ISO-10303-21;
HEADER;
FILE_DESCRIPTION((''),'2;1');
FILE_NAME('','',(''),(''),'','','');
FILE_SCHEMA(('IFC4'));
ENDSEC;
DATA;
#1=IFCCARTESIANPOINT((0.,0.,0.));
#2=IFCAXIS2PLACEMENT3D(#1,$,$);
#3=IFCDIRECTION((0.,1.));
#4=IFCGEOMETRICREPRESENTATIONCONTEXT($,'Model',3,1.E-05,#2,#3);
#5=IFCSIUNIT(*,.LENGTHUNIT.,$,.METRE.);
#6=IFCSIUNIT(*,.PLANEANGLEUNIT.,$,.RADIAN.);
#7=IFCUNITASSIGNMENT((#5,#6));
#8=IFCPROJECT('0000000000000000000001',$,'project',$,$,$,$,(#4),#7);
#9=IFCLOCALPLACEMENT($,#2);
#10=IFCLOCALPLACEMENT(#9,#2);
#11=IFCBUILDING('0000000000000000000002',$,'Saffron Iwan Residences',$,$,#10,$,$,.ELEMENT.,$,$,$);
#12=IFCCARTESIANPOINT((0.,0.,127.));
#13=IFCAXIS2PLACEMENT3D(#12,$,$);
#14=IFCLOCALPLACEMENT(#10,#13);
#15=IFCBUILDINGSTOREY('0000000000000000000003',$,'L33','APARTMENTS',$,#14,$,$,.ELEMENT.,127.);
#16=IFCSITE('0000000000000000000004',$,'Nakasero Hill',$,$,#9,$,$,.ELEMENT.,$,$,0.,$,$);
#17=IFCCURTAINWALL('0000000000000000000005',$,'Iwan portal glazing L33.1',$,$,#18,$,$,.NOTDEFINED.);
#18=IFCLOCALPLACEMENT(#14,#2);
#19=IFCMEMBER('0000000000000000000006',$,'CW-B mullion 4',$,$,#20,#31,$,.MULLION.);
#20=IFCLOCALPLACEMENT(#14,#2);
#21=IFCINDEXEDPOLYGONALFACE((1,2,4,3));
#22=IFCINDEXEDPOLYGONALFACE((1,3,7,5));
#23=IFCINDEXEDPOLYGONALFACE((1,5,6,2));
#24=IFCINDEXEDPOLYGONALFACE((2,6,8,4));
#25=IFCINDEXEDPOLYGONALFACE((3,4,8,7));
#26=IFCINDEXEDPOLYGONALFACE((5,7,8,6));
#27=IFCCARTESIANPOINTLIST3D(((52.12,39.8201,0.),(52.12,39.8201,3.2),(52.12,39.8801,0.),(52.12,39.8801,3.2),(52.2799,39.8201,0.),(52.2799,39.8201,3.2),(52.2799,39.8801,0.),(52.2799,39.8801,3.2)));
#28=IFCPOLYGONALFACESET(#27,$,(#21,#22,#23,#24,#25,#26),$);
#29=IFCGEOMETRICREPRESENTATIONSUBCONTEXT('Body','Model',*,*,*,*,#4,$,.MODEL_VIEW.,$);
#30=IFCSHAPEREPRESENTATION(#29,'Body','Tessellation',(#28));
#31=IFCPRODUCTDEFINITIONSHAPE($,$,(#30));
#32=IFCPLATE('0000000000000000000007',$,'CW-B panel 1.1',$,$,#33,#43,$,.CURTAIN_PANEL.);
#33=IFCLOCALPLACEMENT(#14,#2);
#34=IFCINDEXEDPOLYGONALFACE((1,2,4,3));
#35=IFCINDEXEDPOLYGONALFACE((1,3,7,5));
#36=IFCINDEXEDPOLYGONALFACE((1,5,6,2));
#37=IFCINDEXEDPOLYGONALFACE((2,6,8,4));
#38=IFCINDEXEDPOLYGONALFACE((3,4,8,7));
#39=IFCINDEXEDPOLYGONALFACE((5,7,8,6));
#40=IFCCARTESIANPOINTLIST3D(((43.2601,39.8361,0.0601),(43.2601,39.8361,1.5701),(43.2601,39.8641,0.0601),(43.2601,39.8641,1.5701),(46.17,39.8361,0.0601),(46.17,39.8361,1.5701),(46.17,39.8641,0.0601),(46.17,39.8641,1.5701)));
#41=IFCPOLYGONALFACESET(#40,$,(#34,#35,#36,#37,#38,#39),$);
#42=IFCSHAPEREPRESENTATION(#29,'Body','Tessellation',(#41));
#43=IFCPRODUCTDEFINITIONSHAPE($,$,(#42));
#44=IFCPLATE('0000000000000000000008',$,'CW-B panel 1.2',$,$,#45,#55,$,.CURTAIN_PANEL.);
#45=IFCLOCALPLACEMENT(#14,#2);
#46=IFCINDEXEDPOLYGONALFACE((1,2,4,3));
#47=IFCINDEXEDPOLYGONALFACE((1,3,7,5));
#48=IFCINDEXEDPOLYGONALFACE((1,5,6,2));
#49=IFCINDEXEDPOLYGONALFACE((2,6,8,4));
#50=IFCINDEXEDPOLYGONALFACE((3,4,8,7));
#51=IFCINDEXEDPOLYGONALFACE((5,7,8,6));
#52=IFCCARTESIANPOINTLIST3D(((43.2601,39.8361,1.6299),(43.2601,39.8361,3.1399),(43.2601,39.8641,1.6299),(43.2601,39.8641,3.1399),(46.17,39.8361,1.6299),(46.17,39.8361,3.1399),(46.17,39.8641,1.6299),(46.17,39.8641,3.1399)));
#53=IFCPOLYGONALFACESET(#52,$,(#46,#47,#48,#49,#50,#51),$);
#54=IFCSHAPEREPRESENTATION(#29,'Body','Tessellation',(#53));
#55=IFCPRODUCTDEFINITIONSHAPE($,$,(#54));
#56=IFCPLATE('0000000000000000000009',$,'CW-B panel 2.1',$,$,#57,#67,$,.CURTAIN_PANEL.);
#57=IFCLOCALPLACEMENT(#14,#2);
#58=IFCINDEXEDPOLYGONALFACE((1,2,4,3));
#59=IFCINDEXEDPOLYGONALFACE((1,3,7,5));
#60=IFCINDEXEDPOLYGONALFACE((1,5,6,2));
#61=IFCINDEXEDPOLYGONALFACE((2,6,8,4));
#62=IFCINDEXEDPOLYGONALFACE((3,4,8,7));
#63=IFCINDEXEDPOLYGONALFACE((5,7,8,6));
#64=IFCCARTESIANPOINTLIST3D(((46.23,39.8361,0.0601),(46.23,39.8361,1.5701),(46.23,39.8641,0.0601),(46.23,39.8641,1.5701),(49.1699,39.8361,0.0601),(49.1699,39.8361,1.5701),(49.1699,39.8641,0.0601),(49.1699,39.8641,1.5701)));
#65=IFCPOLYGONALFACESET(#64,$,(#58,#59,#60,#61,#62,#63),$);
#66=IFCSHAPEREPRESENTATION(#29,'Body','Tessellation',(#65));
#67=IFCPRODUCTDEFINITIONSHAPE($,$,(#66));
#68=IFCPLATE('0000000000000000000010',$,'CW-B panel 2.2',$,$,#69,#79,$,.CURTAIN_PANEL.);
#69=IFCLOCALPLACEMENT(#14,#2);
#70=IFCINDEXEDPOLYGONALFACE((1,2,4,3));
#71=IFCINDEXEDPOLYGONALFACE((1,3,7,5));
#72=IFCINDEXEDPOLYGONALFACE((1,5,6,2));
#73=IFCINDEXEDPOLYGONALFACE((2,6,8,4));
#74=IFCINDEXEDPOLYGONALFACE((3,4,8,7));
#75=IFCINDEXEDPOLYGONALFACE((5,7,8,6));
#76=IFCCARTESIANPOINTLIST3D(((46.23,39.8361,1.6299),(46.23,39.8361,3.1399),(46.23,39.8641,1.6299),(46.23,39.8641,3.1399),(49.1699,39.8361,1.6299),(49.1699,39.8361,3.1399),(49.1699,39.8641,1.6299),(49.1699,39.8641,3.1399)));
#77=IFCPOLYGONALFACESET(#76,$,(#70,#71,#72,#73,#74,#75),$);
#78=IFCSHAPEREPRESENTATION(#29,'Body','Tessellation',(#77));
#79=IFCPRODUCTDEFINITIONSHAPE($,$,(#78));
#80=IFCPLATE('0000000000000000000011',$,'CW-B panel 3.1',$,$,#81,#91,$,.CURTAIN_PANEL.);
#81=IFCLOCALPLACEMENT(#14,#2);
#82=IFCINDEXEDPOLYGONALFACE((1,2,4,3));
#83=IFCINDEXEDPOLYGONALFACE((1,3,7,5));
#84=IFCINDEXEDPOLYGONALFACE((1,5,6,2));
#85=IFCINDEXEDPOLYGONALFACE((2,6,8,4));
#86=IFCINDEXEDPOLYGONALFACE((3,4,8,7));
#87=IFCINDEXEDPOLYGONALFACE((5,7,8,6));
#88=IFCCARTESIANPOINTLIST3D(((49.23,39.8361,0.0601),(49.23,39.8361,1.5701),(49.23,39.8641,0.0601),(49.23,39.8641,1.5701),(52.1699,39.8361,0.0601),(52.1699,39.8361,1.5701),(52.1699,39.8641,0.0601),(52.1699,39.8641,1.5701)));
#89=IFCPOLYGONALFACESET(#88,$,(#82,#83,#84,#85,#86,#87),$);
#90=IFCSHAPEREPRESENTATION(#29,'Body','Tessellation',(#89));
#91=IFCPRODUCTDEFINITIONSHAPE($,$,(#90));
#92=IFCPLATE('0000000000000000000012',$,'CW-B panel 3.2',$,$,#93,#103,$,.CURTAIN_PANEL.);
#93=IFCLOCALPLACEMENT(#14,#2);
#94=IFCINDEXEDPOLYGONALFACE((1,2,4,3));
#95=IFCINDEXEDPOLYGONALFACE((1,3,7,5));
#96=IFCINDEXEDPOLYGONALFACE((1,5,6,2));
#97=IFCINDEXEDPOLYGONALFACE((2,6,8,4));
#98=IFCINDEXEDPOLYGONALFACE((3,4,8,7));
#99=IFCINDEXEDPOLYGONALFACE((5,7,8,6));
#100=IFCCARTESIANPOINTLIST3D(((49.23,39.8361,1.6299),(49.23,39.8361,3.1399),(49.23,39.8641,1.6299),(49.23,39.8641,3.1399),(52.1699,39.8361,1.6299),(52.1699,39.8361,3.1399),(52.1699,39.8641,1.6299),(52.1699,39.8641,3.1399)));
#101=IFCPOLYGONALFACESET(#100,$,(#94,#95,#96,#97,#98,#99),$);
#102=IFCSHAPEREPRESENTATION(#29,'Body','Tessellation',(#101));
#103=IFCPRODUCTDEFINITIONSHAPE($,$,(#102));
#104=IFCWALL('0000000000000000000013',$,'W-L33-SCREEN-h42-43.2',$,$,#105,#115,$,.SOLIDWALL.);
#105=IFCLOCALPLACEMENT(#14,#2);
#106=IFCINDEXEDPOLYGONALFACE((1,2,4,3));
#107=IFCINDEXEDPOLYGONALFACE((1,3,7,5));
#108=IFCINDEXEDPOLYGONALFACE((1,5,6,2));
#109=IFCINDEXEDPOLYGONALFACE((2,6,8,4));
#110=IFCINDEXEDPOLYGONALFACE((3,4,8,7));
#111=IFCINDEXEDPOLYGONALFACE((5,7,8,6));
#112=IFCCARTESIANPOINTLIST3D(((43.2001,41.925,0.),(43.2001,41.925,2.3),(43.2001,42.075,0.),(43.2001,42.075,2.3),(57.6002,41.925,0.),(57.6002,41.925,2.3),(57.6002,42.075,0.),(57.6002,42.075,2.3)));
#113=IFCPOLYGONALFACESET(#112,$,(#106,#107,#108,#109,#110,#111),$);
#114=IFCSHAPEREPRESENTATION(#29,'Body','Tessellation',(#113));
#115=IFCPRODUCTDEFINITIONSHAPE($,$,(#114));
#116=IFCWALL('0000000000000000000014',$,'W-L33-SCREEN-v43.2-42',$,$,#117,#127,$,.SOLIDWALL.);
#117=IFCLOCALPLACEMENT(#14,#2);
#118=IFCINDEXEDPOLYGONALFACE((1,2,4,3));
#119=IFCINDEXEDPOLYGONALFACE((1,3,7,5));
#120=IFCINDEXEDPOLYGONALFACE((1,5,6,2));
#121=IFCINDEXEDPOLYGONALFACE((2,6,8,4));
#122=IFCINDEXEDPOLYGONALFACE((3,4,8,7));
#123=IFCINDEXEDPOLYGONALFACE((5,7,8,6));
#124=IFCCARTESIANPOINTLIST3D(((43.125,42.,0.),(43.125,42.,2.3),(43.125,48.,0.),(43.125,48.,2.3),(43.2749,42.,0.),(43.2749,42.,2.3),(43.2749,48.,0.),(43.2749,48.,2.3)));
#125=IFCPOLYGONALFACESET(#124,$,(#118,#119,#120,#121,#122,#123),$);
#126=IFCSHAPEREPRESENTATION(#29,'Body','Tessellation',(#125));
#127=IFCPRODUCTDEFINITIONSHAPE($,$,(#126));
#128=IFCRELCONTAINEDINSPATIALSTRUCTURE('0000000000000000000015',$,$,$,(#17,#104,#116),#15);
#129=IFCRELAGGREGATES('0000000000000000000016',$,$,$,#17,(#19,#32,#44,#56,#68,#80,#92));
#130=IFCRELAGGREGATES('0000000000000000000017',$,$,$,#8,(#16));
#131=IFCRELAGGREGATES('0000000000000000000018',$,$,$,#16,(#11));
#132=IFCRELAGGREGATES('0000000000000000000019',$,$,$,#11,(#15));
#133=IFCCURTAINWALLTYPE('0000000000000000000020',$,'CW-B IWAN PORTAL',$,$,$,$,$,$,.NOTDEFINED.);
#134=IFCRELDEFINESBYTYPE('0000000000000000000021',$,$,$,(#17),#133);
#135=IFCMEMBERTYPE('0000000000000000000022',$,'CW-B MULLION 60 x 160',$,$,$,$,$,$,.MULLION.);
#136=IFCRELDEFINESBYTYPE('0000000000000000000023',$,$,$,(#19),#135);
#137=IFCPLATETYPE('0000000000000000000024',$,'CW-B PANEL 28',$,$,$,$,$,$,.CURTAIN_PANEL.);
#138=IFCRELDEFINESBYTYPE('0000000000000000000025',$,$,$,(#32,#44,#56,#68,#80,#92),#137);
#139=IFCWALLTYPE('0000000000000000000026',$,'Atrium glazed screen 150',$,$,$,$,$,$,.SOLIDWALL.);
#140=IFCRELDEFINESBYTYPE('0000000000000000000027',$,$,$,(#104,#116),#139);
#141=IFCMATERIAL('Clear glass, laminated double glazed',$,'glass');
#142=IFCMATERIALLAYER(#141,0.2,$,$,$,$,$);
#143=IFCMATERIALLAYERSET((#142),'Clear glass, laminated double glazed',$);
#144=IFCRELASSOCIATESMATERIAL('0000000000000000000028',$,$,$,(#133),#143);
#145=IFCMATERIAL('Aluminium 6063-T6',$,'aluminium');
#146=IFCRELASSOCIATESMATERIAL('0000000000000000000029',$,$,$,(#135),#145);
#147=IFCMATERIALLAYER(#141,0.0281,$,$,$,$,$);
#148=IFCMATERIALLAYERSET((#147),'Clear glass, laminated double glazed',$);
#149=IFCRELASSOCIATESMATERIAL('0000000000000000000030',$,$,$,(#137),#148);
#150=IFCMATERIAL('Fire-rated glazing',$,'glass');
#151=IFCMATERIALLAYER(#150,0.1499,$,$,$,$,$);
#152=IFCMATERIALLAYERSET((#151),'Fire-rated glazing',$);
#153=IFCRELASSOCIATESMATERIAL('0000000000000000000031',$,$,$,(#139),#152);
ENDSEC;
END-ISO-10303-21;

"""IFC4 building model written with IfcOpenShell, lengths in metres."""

from ifc_helpers import new_model, si_unit, direction, frame, frame_2d, origin, origin_2d, place, context, subcontext, project, spatial, rectangle, extrude, source, transform, mapped, material, layer, layer_set, material_profile, profile_set, type_object, element, aggregate, save


model = new_model("IFC4")

# Units and contexts
model_context = context("Model", 3, precision=1e-05, world=origin(), true_north=direction((0.0, 1.0)))
body_context = subcontext(model_context, "Body", "Model", "MODEL_VIEW")
ifc_project = project(units=[si_unit("LENGTHUNIT", "METRE"), si_unit("PLANEANGLEUNIT", "RADIAN")], contexts=[model_context])

# Site, building, storey
site_placement = place(None, origin())
site = spatial("IfcSite", under=ifc_project, at=site_placement, Name="Nakasero Hill", CompositionType="ELEMENT", RefElevation=0.0)
building_placement = place(site_placement, origin())
building = spatial("IfcBuilding", under=site, at=building_placement, Name="Saffron Iwan Residences", CompositionType="ELEMENT")
storey_placement = place(building_placement, frame((0.0, 0.0, 127.0)))
storey = spatial("IfcBuildingStorey", under=building, at=storey_placement, Name="L33", Description="APARTMENTS", CompositionType="ELEMENT", Elevation=127.0)

# Curtain wall, member, plates
ifc_material_1 = material(Name="Clear glass, laminated double glazed", Category="glass")
ifc_layer_1 = layer(ifc_material_1, 0.2)
ifc_layer_set_1 = layer_set([ifc_layer_1], Name="Clear glass, laminated double glazed")
curtain_wall_type = type_object("IfcCurtainWallType", Name="CW-B IWAN PORTAL", PredefinedType="NOTDEFINED", material=ifc_layer_set_1)
curtain_wall_placement = place(storey_placement, origin())
curtain_wall = element("IfcCurtainWall", 1, at=curtain_wall_placement, inside=storey, type_object=curtain_wall_type, Name="Iwan portal glazing L33.1", PredefinedType="NOTDEFINED")
ifc_material_2 = material(Name="Aluminium 6063-T6", Category="aluminium")
ifc_material_profile_1 = material_profile(ifc_material_2, rectangle(XDim=0.0601, YDim=0.1599, at=origin_2d()), Name="CW-B MULLION 60 x 160")
ifc_profile_set_1 = profile_set([ifc_material_profile_1], Name="Aluminium 6063-T6")
member_type_1 = type_object("IfcMemberType", Name="CW-B MULLION 60 x 160", PredefinedType="MULLION", material=ifc_profile_set_1)
shared_shape_1 = source(origin(), body_context, "Body", "SweptSolid", [
    extrude(rectangle(XDim=0.0601, YDim=0.1599, at=origin_2d()), origin(), (0.0, 0.0, 1.0), 3.2),
])
member_1_placement = place(storey_placement, frame((52.2, 39.8501, 0.0), z_axis=(0.0, 0.0, 1.0), x_axis=(0.0, 1.0, 0.0)))
member_1 = element("IfcMember", 2, at=member_1_placement, type_object=member_type_1, Name="CW-B mullion 4", PredefinedType="MULLION", context=body_context, shape_type="MappedRepresentation", body=[
    mapped(shared_shape_1, transform((0.0, 0.0, 0.0))),
])
ifc_layer_2 = layer(ifc_material_1, 0.0281)
ifc_layer_set_2 = layer_set([ifc_layer_2], Name="Clear glass, laminated double glazed")
plate_type = type_object("IfcPlateType", Name="CW-B PANEL 28", PredefinedType="CURTAIN_PANEL", material=ifc_layer_set_2)
shared_shape_2 = source(origin(), body_context, "Body", "SweptSolid", [
    extrude(rectangle(XDim=2.9099, YDim=0.0281, at=origin_2d()), origin(), (0.0, 0.0, 1.0), 1.51),
])
plate_1_placement = place(storey_placement, frame((44.7151, 39.8501, 0.0601), z_axis=(0.0, 0.0, 1.0), x_axis=(1.0, 0.0, 0.0)))
plate_1 = element("IfcPlate", 3, at=plate_1_placement, type_object=plate_type, Name="CW-B panel 1.1", PredefinedType="CURTAIN_PANEL", context=body_context, shape_type="MappedRepresentation", body=[
    mapped(shared_shape_2, transform((0.0, 0.0, 0.0))),
])
plate_2_placement = place(storey_placement, frame((44.7151, 39.8501, 1.6299), z_axis=(0.0, 0.0, 1.0), x_axis=(1.0, 0.0, 0.0)))
plate_2 = element("IfcPlate", 4, at=plate_2_placement, type_object=plate_type, Name="CW-B panel 1.2", PredefinedType="CURTAIN_PANEL", context=body_context, shape_type="MappedRepresentation", body=[
    mapped(shared_shape_2, transform((0.0, 0.0, 0.0))),
])
shared_shape_3 = source(origin(), body_context, "Body", "SweptSolid", [
    extrude(rectangle(XDim=2.9399, YDim=0.0281, at=origin_2d()), origin(), (0.0, 0.0, 1.0), 1.51),
])
plate_3_placement = place(storey_placement, frame((47.7, 39.8501, 0.0601), z_axis=(0.0, 0.0, 1.0), x_axis=(1.0, 0.0, 0.0)))
plate_3 = element("IfcPlate", 5, at=plate_3_placement, type_object=plate_type, Name="CW-B panel 2.1", PredefinedType="CURTAIN_PANEL", context=body_context, shape_type="MappedRepresentation", body=[
    mapped(shared_shape_3, transform((0.0, 0.0, 0.0))),
])
plate_4_placement = place(storey_placement, frame((47.7, 39.8501, 1.6299), z_axis=(0.0, 0.0, 1.0), x_axis=(1.0, 0.0, 0.0)))
plate_4 = element("IfcPlate", 6, at=plate_4_placement, type_object=plate_type, Name="CW-B panel 2.2", PredefinedType="CURTAIN_PANEL", context=body_context, shape_type="MappedRepresentation", body=[
    mapped(shared_shape_3, transform((0.0, 0.0, 0.0))),
])
plate_5_placement = place(storey_placement, frame((50.7, 39.8501, 0.0601), z_axis=(0.0, 0.0, 1.0), x_axis=(1.0, 0.0, 0.0)))
plate_5 = element("IfcPlate", 7, at=plate_5_placement, type_object=plate_type, Name="CW-B panel 3.1", PredefinedType="CURTAIN_PANEL", context=body_context, shape_type="MappedRepresentation", body=[
    mapped(shared_shape_3, transform((0.0, 0.0, 0.0))),
])
plate_6_placement = place(storey_placement, frame((50.7, 39.8501, 1.6299), z_axis=(0.0, 0.0, 1.0), x_axis=(1.0, 0.0, 0.0)))
plate_6 = element("IfcPlate", 8, at=plate_6_placement, type_object=plate_type, Name="CW-B panel 3.2", PredefinedType="CURTAIN_PANEL", context=body_context, shape_type="MappedRepresentation", body=[
    mapped(shared_shape_3, transform((0.0, 0.0, 0.0))),
])
aggregate(curtain_wall, [member_1, plate_1, plate_2, plate_3, plate_4, plate_5, plate_6])

# Walls
ifc_material_3 = material(Name="Fire-rated glazing", Category="glass")
ifc_layer_3 = layer(ifc_material_3, 0.1499)
ifc_layer_set_3 = layer_set([ifc_layer_3], Name="Fire-rated glazing")
wall_type = type_object("IfcWallType", Name="Atrium glazed screen 150", PredefinedType="SOLIDWALL", material=ifc_layer_set_3)
wall_1_placement = place(storey_placement, frame((43.2, 42.0, 0.0), z_axis=(0.0, 0.0, 1.0), x_axis=(1.0, 0.0, 0.0)))
element("IfcWall", 9, at=wall_1_placement, inside=storey, type_object=wall_type, Name="W-L33-SCREEN-h42-43.2", PredefinedType="SOLIDWALL", context=body_context, shape_type="SweptSolid", body=[
    extrude(rectangle(XDim=14.4001, YDim=0.1499, at=frame_2d((7.2002, 0.0))), origin(), (0.0, 0.0, 1.0), 2.3),
])
wall_2_placement = place(storey_placement, frame((43.2, 42.0, 0.0), z_axis=(0.0, 0.0, 1.0), x_axis=(0.0, 1.0, 0.0)))
element("IfcWall", 10, at=wall_2_placement, inside=storey, type_object=wall_type, Name="W-L33-SCREEN-v43.2-42", PredefinedType="SOLIDWALL", context=body_context, shape_type="SweptSolid", body=[
    extrude(rectangle(XDim=6.0, YDim=0.1499, at=frame_2d((3.0, 0.0))), origin(), (0.0, 0.0, 1.0), 2.3),
])

save(model, "model.ifc")
